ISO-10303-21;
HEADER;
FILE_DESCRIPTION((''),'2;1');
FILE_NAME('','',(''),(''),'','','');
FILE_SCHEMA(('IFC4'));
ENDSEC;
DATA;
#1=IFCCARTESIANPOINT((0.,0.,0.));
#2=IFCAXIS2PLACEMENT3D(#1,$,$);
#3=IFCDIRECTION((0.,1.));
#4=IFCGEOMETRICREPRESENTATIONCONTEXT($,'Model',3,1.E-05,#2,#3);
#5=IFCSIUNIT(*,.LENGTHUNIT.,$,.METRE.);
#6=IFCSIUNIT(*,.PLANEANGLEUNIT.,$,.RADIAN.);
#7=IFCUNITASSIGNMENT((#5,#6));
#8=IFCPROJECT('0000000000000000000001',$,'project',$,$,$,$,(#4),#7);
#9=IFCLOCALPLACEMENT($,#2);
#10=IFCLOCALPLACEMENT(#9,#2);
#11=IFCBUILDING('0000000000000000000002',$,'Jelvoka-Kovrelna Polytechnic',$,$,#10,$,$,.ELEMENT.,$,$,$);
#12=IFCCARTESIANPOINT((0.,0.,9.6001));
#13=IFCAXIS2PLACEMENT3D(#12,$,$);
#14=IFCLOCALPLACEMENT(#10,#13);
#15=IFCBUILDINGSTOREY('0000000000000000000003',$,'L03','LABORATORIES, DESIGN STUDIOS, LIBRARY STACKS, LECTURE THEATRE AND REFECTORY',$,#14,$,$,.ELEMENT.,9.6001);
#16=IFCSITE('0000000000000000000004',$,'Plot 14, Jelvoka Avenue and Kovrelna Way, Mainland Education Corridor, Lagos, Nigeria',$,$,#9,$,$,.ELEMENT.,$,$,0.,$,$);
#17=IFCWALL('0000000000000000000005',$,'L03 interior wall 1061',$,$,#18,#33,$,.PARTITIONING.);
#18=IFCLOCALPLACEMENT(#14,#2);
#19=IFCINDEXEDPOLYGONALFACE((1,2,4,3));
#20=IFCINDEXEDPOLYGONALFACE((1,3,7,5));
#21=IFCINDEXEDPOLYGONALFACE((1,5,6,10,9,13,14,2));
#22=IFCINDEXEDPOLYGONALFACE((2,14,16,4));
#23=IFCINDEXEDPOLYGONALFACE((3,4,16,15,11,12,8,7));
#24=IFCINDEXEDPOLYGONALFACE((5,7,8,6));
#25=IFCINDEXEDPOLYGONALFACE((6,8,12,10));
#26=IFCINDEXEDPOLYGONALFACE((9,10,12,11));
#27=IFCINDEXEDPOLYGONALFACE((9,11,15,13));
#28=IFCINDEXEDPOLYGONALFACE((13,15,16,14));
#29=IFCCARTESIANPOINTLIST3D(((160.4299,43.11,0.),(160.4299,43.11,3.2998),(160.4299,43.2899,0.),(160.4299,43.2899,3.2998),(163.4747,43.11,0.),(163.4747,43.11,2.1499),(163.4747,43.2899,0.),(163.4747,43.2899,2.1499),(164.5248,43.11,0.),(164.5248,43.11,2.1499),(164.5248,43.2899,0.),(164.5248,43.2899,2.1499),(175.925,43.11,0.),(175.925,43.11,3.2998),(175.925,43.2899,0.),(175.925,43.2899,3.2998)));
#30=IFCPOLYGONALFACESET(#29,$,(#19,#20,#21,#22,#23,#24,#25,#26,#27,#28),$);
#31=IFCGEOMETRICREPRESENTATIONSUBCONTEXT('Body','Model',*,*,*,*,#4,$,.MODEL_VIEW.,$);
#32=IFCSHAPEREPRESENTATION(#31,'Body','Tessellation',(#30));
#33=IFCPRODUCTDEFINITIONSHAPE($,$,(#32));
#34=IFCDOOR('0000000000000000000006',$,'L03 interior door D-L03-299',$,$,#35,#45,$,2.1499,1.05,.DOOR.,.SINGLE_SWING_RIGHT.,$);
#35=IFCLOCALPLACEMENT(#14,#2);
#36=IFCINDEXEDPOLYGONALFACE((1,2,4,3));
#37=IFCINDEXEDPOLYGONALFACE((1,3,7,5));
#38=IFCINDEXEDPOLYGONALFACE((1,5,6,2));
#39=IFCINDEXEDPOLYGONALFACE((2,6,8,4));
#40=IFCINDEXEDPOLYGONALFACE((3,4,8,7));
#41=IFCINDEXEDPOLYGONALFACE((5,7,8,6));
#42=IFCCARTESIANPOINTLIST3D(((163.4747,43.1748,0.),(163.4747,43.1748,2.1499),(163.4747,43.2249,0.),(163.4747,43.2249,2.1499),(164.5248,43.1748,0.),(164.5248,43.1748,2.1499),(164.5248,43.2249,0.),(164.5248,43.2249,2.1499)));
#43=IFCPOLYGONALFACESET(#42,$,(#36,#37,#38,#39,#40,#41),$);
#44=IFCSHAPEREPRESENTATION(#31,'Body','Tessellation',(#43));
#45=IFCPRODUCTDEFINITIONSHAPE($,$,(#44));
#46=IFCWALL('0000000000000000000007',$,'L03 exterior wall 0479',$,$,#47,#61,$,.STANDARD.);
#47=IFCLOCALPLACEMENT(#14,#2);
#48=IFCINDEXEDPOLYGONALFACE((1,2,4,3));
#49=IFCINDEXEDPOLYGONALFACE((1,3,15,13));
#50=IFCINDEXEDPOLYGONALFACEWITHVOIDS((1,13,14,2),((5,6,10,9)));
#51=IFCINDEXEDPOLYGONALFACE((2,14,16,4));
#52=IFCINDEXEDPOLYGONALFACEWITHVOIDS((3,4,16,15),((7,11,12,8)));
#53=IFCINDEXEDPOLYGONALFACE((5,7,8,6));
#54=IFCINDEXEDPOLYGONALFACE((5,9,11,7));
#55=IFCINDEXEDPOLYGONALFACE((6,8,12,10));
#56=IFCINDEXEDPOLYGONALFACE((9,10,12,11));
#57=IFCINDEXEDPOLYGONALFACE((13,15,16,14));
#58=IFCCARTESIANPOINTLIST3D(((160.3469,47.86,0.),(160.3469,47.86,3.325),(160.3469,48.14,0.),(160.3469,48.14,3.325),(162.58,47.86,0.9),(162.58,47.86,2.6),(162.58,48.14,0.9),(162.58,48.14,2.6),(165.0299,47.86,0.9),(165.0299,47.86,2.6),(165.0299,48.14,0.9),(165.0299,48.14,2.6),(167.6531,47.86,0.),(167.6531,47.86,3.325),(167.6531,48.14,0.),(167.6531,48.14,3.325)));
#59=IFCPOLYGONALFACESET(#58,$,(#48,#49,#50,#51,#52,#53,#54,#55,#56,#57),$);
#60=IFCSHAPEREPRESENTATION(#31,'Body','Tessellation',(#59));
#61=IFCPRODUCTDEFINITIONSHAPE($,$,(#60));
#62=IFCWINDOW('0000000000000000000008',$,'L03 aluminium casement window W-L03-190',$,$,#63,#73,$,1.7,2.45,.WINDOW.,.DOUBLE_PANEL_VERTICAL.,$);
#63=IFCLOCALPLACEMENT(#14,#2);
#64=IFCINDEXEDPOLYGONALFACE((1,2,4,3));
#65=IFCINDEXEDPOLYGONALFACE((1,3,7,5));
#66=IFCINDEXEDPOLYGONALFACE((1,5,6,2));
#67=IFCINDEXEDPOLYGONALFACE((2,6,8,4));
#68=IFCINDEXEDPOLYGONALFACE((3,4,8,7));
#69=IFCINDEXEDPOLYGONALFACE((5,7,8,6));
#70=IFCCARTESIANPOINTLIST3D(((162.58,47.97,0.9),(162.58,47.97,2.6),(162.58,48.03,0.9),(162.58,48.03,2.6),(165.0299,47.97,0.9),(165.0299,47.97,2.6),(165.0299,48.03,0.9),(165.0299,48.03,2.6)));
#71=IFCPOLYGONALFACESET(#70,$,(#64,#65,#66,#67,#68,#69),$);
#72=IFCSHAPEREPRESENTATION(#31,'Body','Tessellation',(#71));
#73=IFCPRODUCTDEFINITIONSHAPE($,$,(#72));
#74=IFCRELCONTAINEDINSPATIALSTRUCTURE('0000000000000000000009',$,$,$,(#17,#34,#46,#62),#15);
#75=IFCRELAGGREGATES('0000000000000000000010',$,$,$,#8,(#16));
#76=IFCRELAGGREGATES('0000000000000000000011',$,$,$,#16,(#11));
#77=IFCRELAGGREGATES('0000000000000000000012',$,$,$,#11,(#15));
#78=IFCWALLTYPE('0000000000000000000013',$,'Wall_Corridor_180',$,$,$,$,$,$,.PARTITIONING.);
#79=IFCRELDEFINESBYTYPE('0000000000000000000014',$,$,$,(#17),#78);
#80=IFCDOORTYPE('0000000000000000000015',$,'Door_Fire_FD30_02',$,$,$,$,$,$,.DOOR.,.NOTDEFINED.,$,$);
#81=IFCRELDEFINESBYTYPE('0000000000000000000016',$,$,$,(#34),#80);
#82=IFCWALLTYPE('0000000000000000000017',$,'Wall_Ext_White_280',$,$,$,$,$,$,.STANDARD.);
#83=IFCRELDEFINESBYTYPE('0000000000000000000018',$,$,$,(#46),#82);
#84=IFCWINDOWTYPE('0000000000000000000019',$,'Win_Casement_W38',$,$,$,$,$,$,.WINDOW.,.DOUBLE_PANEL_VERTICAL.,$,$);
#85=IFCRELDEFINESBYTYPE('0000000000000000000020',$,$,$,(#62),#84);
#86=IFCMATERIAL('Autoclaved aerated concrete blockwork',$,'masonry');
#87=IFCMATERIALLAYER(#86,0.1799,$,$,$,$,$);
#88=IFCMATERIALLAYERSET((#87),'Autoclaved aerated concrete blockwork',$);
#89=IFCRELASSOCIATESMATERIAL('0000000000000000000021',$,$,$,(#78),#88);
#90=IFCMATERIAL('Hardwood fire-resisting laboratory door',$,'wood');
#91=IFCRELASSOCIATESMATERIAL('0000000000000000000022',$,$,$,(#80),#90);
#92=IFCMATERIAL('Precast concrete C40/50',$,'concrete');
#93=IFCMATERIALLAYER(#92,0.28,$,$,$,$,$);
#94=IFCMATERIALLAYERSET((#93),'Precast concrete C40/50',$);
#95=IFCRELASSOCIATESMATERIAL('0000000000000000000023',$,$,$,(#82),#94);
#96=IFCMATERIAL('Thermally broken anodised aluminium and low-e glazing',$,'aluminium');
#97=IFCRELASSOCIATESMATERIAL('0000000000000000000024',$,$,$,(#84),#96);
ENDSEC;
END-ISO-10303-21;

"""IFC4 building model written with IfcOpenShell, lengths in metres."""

from ifc_helpers import new_model, si_unit, direction, frame, frame_2d, origin, place, context, subcontext, project, spatial, rectangle, extrude, material, layer, layer_set, type_object, element, fill, save


model = new_model("IFC4")

# Units and contexts
model_context = context("Model", 3, precision=1e-05, world=origin(), true_north=direction((0.0, 1.0)))
body_context = subcontext(model_context, "Body", "Model", "MODEL_VIEW")
ifc_project = project(units=[si_unit("LENGTHUNIT", "METRE"), si_unit("PLANEANGLEUNIT", "RADIAN")], contexts=[model_context])

# Site, building, storey
site_placement = place(None, origin())
site = spatial("IfcSite", under=ifc_project, at=site_placement, Name="Plot 14, Jelvoka Avenue and Kovrelna Way, Mainland Education Corridor, Lagos, Nigeria", CompositionType="ELEMENT", RefElevation=0.0)
building_placement = place(site_placement, origin())
building = spatial("IfcBuilding", under=site, at=building_placement, Name="Jelvoka-Kovrelna Polytechnic", CompositionType="ELEMENT")
storey_placement = place(building_placement, frame((0.0, 0.0, 9.6001)))
storey = spatial("IfcBuildingStorey", under=building, at=storey_placement, Name="L03", Description="LABORATORIES, DESIGN STUDIOS, LIBRARY STACKS, LECTURE THEATRE AND REFECTORY", CompositionType="ELEMENT", Elevation=9.6001)

# Wall, opening, door
ifc_material_1 = material(Name="Autoclaved aerated concrete blockwork", Category="masonry")
ifc_layer_1 = layer(ifc_material_1, 0.1799)
ifc_layer_set_1 = layer_set([ifc_layer_1], Name="Autoclaved aerated concrete blockwork")
wall_type_1 = type_object("IfcWallType", Name="Wall_Corridor_180", PredefinedType="PARTITIONING", material=ifc_layer_set_1)
wall_1_placement = place(storey_placement, frame((160.4299, 43.2, 0.0), z_axis=(0.0, 0.0, 1.0), x_axis=(1.0, 0.0, 0.0)))
wall_1 = element("IfcWall", 1, at=wall_1_placement, inside=storey, type_object=wall_type_1, Name="L03 interior wall 1061", PredefinedType="PARTITIONING", context=body_context, shape_type="SweptSolid", body=[
    extrude(rectangle(XDim=15.4951, YDim=0.1799, at=frame_2d((7.7476, 0.0))), origin(), (0.0, 0.0, 1.0), 3.2998),
])
opening_1_placement = place(wall_1_placement, frame((3.0449, 0.0, 0.0)))
opening_1 = element("IfcOpeningElement", 2, at=opening_1_placement, cuts=wall_1, PredefinedType="OPENING", context=body_context, shape_type="SweptSolid", body=[
    extrude(rectangle(XDim=1.05, YDim=2.1499, at=frame_2d((0.5249, 1.075))), frame((0.0, 0.0999, 0.0), z_axis=(0.0, -1.0, 0.0), x_axis=(1.0, 0.0, 0.0)), (0.0, 0.0, 1.0), 0.2),
])
ifc_material_2 = material(Name="Hardwood fire-resisting laboratory door", Category="wood")
door_type_1 = type_object("IfcDoorType", Name="Door_Fire_FD30_02", OperationType="NOTDEFINED", PredefinedType="DOOR", material=ifc_material_2)
door_1_placement = place(opening_1_placement, origin())
door_1 = element("IfcDoor", 3, at=door_1_placement, inside=storey, type_object=door_type_1, Name="L03 interior door D-L03-299", OperationType="SINGLE_SWING_RIGHT", OverallHeight=2.1499, OverallWidth=1.05, PredefinedType="DOOR", context=body_context, shape_type="SweptSolid", body=[
    extrude(rectangle(XDim=1.05, YDim=2.1499, at=frame_2d((0.5249, 1.075))), frame((0.0, 0.0249, 0.0), z_axis=(0.0, -1.0, 0.0), x_axis=(1.0, 0.0, 0.0)), (0.0, 0.0, 1.0), 0.05),
])
fill(opening_1, door_1)

# Wall, opening, window
ifc_material_3 = material(Name="Precast concrete C40/50", Category="concrete")
ifc_layer_2 = layer(ifc_material_3, 0.28)
ifc_layer_set_2 = layer_set([ifc_layer_2], Name="Precast concrete C40/50")
wall_type_2 = type_object("IfcWallType", Name="Wall_Ext_White_280", PredefinedType="STANDARD", material=ifc_layer_set_2)
wall_2_placement = place(storey_placement, frame((160.3469, 48.0, 0.0), z_axis=(0.0, 0.0, 1.0), x_axis=(1.0, 0.0, 0.0)))
wall_2 = element("IfcWall", 4, at=wall_2_placement, inside=storey, type_object=wall_type_2, Name="L03 exterior wall 0479", PredefinedType="STANDARD", context=body_context, shape_type="SweptSolid", body=[
    extrude(rectangle(XDim=7.3062, YDim=0.28, at=frame_2d((3.6531, 0.0))), origin(), (0.0, 0.0, 1.0), 3.325),
])
opening_2_placement = place(wall_2_placement, frame((2.2329, 0.0, 0.8999)))
opening_2 = element("IfcOpeningElement", 5, at=opening_2_placement, cuts=wall_2, PredefinedType="OPENING", context=body_context, shape_type="SweptSolid", body=[
    extrude(rectangle(XDim=2.45, YDim=1.7, at=frame_2d((1.2251, 0.8501))), frame((0.0, 0.1501, 0.0), z_axis=(0.0, -1.0, 0.0), x_axis=(1.0, 0.0, 0.0)), (0.0, 0.0, 1.0), 0.3),
])
ifc_material_4 = material(Name="Thermally broken anodised aluminium and low-e glazing", Category="aluminium")
window_type = type_object("IfcWindowType", Name="Win_Casement_W38", PartitioningType="DOUBLE_PANEL_VERTICAL", PredefinedType="WINDOW", material=ifc_material_4)
window_placement = place(opening_2_placement, origin())
window = element("IfcWindow", 6, at=window_placement, inside=storey, type_object=window_type, Name="L03 aluminium casement window W-L03-190", OverallHeight=1.7, OverallWidth=2.45, PartitioningType="DOUBLE_PANEL_VERTICAL", PredefinedType="WINDOW", context=body_context, shape_type="SweptSolid", body=[
    extrude(rectangle(XDim=2.45, YDim=1.7, at=frame_2d((1.2251, 0.8501))), frame((0.0, 0.03, 0.0), z_axis=(0.0, -1.0, 0.0), x_axis=(1.0, 0.0, 0.0)), (0.0, 0.0, 1.0), 0.0601),
])
fill(opening_2, window)

save(model, "model.ifc")
